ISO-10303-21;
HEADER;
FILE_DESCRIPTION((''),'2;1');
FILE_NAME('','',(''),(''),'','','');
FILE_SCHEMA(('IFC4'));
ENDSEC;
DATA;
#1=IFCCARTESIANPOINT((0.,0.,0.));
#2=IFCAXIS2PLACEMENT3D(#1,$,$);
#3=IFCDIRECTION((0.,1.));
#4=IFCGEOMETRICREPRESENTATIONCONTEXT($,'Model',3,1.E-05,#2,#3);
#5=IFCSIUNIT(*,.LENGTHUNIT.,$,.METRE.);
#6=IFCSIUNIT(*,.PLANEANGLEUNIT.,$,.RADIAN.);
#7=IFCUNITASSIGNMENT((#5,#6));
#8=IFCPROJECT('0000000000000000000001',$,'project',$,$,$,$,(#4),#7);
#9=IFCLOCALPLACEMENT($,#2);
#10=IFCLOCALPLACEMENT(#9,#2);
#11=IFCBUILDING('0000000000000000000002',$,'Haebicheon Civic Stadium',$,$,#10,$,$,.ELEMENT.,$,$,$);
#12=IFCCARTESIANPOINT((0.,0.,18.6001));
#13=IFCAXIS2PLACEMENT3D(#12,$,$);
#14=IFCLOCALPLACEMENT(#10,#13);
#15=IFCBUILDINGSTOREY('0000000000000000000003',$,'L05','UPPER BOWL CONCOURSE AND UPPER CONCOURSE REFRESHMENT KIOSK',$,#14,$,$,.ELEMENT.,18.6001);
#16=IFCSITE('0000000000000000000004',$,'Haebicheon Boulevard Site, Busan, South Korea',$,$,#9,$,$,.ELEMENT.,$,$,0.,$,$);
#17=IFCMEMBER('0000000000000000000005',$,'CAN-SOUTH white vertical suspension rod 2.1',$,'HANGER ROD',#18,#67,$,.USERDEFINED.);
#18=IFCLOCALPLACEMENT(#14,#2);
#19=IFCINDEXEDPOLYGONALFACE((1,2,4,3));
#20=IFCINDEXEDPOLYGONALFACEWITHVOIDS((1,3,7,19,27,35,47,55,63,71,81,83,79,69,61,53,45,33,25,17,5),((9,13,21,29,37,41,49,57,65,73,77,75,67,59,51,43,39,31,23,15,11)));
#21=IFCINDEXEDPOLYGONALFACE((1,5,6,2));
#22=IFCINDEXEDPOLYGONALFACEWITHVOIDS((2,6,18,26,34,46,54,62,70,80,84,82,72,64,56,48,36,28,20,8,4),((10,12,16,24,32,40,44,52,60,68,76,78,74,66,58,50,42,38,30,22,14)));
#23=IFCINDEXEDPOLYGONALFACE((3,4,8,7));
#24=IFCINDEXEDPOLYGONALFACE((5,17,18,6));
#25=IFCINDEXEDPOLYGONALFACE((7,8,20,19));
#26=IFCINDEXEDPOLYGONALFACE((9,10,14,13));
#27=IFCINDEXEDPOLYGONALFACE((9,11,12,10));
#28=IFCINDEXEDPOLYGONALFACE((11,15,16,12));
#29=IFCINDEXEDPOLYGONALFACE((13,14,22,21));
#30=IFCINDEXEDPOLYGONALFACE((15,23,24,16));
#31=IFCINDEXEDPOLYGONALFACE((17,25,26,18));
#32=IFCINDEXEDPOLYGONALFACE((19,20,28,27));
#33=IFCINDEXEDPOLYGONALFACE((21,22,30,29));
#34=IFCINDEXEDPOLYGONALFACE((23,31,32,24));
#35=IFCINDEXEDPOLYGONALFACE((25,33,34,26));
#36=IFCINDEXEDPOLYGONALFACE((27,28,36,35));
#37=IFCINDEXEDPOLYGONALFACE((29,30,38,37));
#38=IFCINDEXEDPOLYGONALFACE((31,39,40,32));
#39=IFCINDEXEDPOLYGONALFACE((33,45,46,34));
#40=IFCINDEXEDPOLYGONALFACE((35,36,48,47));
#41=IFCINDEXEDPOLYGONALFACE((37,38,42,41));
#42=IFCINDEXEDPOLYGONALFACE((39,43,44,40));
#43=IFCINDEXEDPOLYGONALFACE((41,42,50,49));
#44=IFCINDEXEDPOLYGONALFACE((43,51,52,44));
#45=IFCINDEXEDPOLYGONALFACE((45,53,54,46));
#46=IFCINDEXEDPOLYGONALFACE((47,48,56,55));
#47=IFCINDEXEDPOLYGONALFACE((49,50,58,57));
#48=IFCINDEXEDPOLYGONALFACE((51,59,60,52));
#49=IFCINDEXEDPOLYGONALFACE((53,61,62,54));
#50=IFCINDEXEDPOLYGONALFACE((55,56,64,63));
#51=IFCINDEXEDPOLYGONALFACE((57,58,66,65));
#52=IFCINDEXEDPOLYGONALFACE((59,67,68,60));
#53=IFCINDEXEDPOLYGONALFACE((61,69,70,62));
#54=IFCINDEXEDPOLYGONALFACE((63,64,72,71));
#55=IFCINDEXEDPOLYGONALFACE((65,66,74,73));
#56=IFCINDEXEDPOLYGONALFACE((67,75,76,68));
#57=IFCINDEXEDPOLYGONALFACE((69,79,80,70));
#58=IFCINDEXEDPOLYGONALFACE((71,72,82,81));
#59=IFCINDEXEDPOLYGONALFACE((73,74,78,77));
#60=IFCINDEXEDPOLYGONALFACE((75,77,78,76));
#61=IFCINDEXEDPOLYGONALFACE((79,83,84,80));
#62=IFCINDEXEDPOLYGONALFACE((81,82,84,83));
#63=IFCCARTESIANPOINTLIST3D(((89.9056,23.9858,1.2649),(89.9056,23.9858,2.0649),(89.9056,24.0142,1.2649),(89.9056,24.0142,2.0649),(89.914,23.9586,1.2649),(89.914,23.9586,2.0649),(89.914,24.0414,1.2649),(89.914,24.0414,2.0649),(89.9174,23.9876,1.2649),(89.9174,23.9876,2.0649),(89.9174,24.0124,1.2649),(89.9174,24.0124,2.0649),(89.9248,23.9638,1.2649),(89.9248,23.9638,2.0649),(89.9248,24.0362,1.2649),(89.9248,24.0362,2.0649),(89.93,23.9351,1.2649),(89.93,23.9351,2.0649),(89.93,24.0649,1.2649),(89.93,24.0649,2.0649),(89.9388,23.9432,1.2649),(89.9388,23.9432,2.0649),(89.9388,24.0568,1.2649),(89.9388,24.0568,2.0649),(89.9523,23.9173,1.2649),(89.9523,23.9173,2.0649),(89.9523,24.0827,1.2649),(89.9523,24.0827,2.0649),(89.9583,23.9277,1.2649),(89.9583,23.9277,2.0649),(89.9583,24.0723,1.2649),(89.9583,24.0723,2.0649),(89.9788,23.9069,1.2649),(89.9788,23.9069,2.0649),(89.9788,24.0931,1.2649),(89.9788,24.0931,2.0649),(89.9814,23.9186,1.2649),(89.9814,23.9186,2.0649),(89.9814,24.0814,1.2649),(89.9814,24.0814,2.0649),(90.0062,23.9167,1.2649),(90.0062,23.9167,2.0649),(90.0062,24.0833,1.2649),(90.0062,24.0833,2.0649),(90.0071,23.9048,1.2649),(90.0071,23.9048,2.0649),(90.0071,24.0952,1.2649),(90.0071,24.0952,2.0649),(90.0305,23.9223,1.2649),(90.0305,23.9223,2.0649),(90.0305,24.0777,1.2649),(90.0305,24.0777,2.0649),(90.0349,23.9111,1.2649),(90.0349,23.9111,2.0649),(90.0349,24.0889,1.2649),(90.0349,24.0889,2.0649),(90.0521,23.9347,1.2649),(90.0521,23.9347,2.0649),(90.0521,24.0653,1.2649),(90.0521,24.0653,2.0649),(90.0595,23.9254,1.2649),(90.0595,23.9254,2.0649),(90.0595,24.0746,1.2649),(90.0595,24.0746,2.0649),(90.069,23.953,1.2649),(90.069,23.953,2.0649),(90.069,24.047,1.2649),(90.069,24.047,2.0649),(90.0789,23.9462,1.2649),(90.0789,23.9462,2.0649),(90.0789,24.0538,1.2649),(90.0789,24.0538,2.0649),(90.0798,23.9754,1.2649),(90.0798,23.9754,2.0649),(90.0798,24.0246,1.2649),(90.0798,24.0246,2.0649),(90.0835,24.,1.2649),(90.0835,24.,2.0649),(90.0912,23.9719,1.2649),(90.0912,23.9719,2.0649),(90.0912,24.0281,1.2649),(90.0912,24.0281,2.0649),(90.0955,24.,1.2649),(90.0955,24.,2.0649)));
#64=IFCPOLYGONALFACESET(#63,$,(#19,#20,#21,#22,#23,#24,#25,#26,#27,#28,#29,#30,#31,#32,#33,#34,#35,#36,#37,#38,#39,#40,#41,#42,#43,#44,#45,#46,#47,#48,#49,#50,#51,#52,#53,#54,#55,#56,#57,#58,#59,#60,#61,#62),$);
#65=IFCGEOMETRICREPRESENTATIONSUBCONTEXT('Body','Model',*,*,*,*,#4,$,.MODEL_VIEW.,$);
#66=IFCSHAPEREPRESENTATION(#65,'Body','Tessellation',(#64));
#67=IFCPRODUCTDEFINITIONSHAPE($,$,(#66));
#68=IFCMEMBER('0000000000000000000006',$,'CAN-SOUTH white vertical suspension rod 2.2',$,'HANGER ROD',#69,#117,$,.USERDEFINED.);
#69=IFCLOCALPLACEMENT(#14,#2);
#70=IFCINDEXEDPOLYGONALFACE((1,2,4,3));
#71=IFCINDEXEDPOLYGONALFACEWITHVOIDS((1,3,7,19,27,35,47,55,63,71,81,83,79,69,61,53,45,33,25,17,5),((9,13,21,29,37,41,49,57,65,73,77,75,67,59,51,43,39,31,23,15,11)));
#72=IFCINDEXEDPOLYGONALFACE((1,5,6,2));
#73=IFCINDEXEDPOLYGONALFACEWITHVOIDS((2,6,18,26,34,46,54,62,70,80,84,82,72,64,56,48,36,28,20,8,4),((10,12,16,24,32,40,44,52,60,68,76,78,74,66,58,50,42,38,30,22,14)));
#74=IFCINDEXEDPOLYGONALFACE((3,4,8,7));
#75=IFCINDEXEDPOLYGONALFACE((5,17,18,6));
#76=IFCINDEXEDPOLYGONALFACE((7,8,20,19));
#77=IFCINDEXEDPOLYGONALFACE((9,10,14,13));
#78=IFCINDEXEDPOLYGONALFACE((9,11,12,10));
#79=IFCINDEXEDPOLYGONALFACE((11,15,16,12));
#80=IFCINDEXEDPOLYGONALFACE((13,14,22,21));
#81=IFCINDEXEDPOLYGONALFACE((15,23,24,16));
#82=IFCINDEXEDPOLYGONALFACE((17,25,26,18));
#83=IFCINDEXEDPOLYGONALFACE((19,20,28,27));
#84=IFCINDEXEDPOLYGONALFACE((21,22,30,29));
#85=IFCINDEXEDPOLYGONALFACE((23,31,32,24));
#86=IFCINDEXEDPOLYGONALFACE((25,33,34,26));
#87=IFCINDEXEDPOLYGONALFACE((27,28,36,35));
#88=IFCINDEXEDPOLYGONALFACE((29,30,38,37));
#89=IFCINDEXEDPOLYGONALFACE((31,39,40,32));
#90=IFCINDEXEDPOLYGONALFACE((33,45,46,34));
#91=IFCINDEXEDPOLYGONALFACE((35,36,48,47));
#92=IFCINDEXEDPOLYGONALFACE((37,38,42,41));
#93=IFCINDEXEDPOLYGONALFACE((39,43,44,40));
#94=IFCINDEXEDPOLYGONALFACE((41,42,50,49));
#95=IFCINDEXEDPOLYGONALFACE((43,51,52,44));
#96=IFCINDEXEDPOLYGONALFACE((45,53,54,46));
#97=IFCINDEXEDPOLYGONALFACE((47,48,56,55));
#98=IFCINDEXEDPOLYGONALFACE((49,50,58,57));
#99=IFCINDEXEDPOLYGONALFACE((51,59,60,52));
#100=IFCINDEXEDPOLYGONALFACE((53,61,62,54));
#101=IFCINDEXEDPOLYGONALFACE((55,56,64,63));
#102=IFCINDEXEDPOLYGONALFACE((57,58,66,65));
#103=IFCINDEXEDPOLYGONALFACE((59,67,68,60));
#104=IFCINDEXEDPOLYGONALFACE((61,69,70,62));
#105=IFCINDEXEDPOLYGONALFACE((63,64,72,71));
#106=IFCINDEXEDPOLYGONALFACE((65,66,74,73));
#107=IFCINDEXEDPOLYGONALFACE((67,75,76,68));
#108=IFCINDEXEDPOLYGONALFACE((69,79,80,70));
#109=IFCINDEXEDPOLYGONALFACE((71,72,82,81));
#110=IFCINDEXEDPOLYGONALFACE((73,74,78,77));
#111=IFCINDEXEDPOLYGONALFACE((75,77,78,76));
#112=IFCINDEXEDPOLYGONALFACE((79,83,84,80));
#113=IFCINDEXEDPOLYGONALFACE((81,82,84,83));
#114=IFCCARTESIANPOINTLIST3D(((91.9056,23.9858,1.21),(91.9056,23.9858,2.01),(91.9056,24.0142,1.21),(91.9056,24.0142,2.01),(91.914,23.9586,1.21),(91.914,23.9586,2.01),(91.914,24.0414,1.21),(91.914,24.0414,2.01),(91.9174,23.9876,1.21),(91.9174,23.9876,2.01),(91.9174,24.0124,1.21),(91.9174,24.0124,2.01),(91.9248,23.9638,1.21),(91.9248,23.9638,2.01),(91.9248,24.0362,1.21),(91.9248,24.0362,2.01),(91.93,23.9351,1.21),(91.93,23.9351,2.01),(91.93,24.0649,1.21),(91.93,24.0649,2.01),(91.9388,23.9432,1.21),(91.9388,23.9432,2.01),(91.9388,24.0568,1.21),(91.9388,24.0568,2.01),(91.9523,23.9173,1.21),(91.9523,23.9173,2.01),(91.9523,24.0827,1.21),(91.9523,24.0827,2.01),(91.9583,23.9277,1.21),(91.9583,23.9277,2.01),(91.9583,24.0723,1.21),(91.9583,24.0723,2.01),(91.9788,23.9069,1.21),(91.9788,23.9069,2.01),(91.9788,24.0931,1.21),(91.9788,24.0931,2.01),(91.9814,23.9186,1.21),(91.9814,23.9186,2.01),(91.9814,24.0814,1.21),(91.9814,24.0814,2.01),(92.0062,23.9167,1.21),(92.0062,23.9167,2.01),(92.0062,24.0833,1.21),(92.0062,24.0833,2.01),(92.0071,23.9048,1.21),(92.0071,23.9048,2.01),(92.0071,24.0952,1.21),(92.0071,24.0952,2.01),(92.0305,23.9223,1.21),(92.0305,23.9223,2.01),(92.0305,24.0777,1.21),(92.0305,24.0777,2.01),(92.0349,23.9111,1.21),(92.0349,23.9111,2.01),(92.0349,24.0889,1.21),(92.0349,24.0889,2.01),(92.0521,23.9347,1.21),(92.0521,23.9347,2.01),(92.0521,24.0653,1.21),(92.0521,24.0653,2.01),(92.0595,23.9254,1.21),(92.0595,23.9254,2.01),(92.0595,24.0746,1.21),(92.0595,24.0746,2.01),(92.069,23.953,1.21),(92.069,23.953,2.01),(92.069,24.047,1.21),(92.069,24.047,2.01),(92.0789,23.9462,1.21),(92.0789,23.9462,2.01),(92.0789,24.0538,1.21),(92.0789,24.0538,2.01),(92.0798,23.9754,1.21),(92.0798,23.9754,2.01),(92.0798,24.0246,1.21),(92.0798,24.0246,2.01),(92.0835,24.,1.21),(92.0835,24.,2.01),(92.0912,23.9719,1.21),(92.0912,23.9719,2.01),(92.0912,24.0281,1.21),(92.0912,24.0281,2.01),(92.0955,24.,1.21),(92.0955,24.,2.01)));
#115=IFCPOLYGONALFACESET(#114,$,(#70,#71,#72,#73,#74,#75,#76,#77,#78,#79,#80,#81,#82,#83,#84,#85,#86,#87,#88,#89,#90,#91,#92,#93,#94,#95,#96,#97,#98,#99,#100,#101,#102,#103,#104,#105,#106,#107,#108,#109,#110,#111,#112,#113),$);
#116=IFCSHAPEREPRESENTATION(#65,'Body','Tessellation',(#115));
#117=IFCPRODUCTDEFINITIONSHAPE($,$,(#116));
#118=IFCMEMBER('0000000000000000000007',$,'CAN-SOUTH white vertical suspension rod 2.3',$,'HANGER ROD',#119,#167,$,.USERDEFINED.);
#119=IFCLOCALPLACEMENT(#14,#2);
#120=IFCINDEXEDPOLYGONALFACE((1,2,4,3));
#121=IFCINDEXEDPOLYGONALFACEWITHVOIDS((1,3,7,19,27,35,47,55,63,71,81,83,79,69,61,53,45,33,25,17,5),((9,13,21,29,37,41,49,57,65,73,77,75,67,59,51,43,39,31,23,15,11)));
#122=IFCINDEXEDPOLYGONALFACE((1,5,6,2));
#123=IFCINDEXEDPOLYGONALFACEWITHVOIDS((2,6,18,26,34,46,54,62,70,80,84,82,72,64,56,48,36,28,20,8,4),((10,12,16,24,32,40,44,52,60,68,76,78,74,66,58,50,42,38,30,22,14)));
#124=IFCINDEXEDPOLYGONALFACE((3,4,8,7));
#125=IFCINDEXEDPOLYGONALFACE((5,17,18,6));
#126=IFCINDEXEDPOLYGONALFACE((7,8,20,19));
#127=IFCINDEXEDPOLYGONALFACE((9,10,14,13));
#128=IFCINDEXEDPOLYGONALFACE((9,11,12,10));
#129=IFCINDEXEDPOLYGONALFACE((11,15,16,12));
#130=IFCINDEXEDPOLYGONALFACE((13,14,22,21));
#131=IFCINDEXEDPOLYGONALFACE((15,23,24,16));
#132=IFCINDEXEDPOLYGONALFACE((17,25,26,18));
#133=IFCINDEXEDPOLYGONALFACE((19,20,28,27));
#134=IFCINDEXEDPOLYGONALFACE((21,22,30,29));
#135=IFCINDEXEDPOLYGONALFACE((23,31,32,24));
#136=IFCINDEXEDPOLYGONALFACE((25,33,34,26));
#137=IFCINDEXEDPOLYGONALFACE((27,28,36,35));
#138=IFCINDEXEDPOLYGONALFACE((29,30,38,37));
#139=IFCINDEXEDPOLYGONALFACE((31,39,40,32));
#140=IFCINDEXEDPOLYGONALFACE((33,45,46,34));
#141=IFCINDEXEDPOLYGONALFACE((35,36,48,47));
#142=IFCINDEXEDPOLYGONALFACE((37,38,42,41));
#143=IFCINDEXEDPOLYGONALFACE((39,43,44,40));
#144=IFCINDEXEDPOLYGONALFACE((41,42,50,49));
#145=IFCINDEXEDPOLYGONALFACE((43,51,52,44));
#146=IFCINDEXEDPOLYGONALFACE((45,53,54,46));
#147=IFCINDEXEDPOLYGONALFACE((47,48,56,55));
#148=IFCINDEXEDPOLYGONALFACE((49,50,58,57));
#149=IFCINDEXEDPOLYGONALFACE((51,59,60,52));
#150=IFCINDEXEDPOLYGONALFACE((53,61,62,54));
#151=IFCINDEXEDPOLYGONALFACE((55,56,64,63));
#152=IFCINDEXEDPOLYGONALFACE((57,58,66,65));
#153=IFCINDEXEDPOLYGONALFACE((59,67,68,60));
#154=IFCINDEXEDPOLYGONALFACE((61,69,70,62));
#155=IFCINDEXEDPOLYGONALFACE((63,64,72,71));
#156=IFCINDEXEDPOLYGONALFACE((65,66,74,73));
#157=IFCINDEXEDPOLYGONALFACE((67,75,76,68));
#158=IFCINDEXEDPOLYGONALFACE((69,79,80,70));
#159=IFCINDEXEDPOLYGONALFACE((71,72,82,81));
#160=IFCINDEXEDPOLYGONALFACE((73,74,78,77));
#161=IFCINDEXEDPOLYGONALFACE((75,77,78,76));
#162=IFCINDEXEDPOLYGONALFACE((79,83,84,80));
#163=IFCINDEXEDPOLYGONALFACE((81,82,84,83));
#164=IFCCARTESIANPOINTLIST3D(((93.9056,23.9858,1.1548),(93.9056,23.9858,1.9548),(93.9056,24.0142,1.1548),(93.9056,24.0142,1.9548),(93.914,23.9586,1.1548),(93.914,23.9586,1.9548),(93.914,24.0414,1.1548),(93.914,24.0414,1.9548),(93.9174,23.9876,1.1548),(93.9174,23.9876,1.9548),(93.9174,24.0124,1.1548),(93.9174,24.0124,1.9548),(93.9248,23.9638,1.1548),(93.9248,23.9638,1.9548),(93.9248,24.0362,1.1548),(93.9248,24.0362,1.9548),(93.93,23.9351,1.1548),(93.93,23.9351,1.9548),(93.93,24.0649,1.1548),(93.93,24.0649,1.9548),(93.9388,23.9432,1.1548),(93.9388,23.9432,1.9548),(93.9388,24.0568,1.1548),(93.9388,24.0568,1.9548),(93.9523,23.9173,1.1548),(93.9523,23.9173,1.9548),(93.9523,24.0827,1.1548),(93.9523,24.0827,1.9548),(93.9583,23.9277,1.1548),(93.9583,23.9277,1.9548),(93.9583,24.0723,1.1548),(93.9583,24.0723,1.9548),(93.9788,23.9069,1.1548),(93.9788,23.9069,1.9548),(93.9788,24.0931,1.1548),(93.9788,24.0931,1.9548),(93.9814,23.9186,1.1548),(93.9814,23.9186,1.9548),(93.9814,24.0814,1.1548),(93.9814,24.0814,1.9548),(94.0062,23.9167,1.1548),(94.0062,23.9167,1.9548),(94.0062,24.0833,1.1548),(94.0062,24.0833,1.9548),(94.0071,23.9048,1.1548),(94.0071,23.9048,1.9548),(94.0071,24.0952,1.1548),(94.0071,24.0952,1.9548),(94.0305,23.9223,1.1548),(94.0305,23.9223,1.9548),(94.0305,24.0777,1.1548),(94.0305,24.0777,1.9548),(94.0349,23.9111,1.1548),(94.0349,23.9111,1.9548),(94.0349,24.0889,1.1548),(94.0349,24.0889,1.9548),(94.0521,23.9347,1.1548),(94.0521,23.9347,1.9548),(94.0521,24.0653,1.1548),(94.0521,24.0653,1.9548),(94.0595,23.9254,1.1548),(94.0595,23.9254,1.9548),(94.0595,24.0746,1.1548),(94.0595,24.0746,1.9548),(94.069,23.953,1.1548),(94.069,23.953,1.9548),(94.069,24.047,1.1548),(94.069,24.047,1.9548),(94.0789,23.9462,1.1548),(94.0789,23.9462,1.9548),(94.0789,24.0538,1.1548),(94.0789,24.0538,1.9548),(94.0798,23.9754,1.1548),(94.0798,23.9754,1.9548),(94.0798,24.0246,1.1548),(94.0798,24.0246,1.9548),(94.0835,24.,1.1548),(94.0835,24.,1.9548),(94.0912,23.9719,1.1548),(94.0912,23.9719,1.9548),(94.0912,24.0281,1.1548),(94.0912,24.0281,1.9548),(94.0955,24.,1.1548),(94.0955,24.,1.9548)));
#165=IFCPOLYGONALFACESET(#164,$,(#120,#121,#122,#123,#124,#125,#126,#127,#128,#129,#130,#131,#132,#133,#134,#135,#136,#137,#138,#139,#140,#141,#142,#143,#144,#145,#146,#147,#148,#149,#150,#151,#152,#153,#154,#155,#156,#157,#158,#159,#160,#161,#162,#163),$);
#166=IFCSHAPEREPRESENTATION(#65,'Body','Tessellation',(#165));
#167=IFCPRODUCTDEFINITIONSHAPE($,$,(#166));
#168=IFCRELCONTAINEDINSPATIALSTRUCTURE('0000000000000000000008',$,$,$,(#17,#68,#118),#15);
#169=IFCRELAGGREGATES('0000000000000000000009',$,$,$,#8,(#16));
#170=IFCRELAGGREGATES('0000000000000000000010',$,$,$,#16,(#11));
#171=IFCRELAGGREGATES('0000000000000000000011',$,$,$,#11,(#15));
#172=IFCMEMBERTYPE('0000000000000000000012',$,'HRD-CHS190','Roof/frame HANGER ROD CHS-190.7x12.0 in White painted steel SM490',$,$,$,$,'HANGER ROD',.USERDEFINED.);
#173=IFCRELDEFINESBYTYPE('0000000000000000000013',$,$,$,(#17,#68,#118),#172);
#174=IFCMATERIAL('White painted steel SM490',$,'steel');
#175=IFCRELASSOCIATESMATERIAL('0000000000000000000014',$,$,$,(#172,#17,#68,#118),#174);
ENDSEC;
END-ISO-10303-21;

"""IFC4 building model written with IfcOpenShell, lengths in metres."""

from ifc_helpers import new_model, si_unit, direction, frame, origin, origin_2d, place, context, subcontext, project, spatial, hollow_circle, extrude, material, material_profile, profile_set, type_object, element, save


model = new_model("IFC4")

# Units and contexts
model_context = context("Model", 3, precision=1e-05, world=origin(), true_north=direction((0.0, 1.0)))
body_context = subcontext(model_context, "Body", "Model", "MODEL_VIEW")
ifc_project = project(units=[si_unit("LENGTHUNIT", "METRE"), si_unit("PLANEANGLEUNIT", "RADIAN")], contexts=[model_context])

# Site, building, storey
site_placement = place(None, origin())
site = spatial("IfcSite", under=ifc_project, at=site_placement, Name="Haebicheon Boulevard Site, Busan, South Korea", CompositionType="ELEMENT", RefElevation=0.0)
building_placement = place(site_placement, origin())
building = spatial("IfcBuilding", under=site, at=building_placement, Name="Haebicheon Civic Stadium", CompositionType="ELEMENT")
storey_placement = place(building_placement, frame((0.0, 0.0, 18.6001)))
storey = spatial("IfcBuildingStorey", under=building, at=storey_placement, Name="L05", Description="UPPER BOWL CONCOURSE AND UPPER CONCOURSE REFRESHMENT KIOSK", CompositionType="ELEMENT", Elevation=18.6001)

# Members
ifc_material_1 = material(Name="White painted steel SM490", Category="steel")
ifc_material_profile_1 = material_profile(ifc_material_1, hollow_circle(Radius=0.0955, WallThickness=0.012, at=origin_2d()), Name="CHS-190.7x12.0")
ifc_profile_set_1 = profile_set([ifc_material_profile_1], Name="White painted steel SM490")
member_type_1 = type_object("IfcMemberType", Name="HRD-CHS190", Description="Roof/frame HANGER ROD CHS-190.7x12.0 in White painted steel SM490", ElementType="HANGER ROD", PredefinedType="USERDEFINED", material=ifc_profile_set_1)
for number, where, z_axis, x_axis, name in (
    (1, (90.0, 24.0, 1.2649), (0.0, 0.0, 1.0), (1.0, 0.0, 0.0), "CAN-SOUTH white vertical suspension rod 2.1"),
    (2, (92.0, 24.0, 1.21), (0.0, 0.0, 1.0), (1.0, 0.0, 0.0), "CAN-SOUTH white vertical suspension rod 2.2"),
    (3, (94.0, 24.0, 1.1548), (0.0, 0.0, 1.0), (1.0, 0.0, 0.0), "CAN-SOUTH white vertical suspension rod 2.3"),
):
    element("IfcMember", number, at=place(storey_placement, frame(where, z_axis=z_axis, x_axis=x_axis)), inside=storey, type_object=member_type_1, material=ifc_profile_set_1, Name=name, ObjectType="HANGER ROD", PredefinedType="USERDEFINED", context=body_context, shape_type="SweptSolid", body=[
        extrude(hollow_circle(Radius=0.0955, WallThickness=0.012, at=origin_2d()), origin(), (0.0, 0.0, 1.0), 0.8),
    ])

save(model, "model.ifc")
